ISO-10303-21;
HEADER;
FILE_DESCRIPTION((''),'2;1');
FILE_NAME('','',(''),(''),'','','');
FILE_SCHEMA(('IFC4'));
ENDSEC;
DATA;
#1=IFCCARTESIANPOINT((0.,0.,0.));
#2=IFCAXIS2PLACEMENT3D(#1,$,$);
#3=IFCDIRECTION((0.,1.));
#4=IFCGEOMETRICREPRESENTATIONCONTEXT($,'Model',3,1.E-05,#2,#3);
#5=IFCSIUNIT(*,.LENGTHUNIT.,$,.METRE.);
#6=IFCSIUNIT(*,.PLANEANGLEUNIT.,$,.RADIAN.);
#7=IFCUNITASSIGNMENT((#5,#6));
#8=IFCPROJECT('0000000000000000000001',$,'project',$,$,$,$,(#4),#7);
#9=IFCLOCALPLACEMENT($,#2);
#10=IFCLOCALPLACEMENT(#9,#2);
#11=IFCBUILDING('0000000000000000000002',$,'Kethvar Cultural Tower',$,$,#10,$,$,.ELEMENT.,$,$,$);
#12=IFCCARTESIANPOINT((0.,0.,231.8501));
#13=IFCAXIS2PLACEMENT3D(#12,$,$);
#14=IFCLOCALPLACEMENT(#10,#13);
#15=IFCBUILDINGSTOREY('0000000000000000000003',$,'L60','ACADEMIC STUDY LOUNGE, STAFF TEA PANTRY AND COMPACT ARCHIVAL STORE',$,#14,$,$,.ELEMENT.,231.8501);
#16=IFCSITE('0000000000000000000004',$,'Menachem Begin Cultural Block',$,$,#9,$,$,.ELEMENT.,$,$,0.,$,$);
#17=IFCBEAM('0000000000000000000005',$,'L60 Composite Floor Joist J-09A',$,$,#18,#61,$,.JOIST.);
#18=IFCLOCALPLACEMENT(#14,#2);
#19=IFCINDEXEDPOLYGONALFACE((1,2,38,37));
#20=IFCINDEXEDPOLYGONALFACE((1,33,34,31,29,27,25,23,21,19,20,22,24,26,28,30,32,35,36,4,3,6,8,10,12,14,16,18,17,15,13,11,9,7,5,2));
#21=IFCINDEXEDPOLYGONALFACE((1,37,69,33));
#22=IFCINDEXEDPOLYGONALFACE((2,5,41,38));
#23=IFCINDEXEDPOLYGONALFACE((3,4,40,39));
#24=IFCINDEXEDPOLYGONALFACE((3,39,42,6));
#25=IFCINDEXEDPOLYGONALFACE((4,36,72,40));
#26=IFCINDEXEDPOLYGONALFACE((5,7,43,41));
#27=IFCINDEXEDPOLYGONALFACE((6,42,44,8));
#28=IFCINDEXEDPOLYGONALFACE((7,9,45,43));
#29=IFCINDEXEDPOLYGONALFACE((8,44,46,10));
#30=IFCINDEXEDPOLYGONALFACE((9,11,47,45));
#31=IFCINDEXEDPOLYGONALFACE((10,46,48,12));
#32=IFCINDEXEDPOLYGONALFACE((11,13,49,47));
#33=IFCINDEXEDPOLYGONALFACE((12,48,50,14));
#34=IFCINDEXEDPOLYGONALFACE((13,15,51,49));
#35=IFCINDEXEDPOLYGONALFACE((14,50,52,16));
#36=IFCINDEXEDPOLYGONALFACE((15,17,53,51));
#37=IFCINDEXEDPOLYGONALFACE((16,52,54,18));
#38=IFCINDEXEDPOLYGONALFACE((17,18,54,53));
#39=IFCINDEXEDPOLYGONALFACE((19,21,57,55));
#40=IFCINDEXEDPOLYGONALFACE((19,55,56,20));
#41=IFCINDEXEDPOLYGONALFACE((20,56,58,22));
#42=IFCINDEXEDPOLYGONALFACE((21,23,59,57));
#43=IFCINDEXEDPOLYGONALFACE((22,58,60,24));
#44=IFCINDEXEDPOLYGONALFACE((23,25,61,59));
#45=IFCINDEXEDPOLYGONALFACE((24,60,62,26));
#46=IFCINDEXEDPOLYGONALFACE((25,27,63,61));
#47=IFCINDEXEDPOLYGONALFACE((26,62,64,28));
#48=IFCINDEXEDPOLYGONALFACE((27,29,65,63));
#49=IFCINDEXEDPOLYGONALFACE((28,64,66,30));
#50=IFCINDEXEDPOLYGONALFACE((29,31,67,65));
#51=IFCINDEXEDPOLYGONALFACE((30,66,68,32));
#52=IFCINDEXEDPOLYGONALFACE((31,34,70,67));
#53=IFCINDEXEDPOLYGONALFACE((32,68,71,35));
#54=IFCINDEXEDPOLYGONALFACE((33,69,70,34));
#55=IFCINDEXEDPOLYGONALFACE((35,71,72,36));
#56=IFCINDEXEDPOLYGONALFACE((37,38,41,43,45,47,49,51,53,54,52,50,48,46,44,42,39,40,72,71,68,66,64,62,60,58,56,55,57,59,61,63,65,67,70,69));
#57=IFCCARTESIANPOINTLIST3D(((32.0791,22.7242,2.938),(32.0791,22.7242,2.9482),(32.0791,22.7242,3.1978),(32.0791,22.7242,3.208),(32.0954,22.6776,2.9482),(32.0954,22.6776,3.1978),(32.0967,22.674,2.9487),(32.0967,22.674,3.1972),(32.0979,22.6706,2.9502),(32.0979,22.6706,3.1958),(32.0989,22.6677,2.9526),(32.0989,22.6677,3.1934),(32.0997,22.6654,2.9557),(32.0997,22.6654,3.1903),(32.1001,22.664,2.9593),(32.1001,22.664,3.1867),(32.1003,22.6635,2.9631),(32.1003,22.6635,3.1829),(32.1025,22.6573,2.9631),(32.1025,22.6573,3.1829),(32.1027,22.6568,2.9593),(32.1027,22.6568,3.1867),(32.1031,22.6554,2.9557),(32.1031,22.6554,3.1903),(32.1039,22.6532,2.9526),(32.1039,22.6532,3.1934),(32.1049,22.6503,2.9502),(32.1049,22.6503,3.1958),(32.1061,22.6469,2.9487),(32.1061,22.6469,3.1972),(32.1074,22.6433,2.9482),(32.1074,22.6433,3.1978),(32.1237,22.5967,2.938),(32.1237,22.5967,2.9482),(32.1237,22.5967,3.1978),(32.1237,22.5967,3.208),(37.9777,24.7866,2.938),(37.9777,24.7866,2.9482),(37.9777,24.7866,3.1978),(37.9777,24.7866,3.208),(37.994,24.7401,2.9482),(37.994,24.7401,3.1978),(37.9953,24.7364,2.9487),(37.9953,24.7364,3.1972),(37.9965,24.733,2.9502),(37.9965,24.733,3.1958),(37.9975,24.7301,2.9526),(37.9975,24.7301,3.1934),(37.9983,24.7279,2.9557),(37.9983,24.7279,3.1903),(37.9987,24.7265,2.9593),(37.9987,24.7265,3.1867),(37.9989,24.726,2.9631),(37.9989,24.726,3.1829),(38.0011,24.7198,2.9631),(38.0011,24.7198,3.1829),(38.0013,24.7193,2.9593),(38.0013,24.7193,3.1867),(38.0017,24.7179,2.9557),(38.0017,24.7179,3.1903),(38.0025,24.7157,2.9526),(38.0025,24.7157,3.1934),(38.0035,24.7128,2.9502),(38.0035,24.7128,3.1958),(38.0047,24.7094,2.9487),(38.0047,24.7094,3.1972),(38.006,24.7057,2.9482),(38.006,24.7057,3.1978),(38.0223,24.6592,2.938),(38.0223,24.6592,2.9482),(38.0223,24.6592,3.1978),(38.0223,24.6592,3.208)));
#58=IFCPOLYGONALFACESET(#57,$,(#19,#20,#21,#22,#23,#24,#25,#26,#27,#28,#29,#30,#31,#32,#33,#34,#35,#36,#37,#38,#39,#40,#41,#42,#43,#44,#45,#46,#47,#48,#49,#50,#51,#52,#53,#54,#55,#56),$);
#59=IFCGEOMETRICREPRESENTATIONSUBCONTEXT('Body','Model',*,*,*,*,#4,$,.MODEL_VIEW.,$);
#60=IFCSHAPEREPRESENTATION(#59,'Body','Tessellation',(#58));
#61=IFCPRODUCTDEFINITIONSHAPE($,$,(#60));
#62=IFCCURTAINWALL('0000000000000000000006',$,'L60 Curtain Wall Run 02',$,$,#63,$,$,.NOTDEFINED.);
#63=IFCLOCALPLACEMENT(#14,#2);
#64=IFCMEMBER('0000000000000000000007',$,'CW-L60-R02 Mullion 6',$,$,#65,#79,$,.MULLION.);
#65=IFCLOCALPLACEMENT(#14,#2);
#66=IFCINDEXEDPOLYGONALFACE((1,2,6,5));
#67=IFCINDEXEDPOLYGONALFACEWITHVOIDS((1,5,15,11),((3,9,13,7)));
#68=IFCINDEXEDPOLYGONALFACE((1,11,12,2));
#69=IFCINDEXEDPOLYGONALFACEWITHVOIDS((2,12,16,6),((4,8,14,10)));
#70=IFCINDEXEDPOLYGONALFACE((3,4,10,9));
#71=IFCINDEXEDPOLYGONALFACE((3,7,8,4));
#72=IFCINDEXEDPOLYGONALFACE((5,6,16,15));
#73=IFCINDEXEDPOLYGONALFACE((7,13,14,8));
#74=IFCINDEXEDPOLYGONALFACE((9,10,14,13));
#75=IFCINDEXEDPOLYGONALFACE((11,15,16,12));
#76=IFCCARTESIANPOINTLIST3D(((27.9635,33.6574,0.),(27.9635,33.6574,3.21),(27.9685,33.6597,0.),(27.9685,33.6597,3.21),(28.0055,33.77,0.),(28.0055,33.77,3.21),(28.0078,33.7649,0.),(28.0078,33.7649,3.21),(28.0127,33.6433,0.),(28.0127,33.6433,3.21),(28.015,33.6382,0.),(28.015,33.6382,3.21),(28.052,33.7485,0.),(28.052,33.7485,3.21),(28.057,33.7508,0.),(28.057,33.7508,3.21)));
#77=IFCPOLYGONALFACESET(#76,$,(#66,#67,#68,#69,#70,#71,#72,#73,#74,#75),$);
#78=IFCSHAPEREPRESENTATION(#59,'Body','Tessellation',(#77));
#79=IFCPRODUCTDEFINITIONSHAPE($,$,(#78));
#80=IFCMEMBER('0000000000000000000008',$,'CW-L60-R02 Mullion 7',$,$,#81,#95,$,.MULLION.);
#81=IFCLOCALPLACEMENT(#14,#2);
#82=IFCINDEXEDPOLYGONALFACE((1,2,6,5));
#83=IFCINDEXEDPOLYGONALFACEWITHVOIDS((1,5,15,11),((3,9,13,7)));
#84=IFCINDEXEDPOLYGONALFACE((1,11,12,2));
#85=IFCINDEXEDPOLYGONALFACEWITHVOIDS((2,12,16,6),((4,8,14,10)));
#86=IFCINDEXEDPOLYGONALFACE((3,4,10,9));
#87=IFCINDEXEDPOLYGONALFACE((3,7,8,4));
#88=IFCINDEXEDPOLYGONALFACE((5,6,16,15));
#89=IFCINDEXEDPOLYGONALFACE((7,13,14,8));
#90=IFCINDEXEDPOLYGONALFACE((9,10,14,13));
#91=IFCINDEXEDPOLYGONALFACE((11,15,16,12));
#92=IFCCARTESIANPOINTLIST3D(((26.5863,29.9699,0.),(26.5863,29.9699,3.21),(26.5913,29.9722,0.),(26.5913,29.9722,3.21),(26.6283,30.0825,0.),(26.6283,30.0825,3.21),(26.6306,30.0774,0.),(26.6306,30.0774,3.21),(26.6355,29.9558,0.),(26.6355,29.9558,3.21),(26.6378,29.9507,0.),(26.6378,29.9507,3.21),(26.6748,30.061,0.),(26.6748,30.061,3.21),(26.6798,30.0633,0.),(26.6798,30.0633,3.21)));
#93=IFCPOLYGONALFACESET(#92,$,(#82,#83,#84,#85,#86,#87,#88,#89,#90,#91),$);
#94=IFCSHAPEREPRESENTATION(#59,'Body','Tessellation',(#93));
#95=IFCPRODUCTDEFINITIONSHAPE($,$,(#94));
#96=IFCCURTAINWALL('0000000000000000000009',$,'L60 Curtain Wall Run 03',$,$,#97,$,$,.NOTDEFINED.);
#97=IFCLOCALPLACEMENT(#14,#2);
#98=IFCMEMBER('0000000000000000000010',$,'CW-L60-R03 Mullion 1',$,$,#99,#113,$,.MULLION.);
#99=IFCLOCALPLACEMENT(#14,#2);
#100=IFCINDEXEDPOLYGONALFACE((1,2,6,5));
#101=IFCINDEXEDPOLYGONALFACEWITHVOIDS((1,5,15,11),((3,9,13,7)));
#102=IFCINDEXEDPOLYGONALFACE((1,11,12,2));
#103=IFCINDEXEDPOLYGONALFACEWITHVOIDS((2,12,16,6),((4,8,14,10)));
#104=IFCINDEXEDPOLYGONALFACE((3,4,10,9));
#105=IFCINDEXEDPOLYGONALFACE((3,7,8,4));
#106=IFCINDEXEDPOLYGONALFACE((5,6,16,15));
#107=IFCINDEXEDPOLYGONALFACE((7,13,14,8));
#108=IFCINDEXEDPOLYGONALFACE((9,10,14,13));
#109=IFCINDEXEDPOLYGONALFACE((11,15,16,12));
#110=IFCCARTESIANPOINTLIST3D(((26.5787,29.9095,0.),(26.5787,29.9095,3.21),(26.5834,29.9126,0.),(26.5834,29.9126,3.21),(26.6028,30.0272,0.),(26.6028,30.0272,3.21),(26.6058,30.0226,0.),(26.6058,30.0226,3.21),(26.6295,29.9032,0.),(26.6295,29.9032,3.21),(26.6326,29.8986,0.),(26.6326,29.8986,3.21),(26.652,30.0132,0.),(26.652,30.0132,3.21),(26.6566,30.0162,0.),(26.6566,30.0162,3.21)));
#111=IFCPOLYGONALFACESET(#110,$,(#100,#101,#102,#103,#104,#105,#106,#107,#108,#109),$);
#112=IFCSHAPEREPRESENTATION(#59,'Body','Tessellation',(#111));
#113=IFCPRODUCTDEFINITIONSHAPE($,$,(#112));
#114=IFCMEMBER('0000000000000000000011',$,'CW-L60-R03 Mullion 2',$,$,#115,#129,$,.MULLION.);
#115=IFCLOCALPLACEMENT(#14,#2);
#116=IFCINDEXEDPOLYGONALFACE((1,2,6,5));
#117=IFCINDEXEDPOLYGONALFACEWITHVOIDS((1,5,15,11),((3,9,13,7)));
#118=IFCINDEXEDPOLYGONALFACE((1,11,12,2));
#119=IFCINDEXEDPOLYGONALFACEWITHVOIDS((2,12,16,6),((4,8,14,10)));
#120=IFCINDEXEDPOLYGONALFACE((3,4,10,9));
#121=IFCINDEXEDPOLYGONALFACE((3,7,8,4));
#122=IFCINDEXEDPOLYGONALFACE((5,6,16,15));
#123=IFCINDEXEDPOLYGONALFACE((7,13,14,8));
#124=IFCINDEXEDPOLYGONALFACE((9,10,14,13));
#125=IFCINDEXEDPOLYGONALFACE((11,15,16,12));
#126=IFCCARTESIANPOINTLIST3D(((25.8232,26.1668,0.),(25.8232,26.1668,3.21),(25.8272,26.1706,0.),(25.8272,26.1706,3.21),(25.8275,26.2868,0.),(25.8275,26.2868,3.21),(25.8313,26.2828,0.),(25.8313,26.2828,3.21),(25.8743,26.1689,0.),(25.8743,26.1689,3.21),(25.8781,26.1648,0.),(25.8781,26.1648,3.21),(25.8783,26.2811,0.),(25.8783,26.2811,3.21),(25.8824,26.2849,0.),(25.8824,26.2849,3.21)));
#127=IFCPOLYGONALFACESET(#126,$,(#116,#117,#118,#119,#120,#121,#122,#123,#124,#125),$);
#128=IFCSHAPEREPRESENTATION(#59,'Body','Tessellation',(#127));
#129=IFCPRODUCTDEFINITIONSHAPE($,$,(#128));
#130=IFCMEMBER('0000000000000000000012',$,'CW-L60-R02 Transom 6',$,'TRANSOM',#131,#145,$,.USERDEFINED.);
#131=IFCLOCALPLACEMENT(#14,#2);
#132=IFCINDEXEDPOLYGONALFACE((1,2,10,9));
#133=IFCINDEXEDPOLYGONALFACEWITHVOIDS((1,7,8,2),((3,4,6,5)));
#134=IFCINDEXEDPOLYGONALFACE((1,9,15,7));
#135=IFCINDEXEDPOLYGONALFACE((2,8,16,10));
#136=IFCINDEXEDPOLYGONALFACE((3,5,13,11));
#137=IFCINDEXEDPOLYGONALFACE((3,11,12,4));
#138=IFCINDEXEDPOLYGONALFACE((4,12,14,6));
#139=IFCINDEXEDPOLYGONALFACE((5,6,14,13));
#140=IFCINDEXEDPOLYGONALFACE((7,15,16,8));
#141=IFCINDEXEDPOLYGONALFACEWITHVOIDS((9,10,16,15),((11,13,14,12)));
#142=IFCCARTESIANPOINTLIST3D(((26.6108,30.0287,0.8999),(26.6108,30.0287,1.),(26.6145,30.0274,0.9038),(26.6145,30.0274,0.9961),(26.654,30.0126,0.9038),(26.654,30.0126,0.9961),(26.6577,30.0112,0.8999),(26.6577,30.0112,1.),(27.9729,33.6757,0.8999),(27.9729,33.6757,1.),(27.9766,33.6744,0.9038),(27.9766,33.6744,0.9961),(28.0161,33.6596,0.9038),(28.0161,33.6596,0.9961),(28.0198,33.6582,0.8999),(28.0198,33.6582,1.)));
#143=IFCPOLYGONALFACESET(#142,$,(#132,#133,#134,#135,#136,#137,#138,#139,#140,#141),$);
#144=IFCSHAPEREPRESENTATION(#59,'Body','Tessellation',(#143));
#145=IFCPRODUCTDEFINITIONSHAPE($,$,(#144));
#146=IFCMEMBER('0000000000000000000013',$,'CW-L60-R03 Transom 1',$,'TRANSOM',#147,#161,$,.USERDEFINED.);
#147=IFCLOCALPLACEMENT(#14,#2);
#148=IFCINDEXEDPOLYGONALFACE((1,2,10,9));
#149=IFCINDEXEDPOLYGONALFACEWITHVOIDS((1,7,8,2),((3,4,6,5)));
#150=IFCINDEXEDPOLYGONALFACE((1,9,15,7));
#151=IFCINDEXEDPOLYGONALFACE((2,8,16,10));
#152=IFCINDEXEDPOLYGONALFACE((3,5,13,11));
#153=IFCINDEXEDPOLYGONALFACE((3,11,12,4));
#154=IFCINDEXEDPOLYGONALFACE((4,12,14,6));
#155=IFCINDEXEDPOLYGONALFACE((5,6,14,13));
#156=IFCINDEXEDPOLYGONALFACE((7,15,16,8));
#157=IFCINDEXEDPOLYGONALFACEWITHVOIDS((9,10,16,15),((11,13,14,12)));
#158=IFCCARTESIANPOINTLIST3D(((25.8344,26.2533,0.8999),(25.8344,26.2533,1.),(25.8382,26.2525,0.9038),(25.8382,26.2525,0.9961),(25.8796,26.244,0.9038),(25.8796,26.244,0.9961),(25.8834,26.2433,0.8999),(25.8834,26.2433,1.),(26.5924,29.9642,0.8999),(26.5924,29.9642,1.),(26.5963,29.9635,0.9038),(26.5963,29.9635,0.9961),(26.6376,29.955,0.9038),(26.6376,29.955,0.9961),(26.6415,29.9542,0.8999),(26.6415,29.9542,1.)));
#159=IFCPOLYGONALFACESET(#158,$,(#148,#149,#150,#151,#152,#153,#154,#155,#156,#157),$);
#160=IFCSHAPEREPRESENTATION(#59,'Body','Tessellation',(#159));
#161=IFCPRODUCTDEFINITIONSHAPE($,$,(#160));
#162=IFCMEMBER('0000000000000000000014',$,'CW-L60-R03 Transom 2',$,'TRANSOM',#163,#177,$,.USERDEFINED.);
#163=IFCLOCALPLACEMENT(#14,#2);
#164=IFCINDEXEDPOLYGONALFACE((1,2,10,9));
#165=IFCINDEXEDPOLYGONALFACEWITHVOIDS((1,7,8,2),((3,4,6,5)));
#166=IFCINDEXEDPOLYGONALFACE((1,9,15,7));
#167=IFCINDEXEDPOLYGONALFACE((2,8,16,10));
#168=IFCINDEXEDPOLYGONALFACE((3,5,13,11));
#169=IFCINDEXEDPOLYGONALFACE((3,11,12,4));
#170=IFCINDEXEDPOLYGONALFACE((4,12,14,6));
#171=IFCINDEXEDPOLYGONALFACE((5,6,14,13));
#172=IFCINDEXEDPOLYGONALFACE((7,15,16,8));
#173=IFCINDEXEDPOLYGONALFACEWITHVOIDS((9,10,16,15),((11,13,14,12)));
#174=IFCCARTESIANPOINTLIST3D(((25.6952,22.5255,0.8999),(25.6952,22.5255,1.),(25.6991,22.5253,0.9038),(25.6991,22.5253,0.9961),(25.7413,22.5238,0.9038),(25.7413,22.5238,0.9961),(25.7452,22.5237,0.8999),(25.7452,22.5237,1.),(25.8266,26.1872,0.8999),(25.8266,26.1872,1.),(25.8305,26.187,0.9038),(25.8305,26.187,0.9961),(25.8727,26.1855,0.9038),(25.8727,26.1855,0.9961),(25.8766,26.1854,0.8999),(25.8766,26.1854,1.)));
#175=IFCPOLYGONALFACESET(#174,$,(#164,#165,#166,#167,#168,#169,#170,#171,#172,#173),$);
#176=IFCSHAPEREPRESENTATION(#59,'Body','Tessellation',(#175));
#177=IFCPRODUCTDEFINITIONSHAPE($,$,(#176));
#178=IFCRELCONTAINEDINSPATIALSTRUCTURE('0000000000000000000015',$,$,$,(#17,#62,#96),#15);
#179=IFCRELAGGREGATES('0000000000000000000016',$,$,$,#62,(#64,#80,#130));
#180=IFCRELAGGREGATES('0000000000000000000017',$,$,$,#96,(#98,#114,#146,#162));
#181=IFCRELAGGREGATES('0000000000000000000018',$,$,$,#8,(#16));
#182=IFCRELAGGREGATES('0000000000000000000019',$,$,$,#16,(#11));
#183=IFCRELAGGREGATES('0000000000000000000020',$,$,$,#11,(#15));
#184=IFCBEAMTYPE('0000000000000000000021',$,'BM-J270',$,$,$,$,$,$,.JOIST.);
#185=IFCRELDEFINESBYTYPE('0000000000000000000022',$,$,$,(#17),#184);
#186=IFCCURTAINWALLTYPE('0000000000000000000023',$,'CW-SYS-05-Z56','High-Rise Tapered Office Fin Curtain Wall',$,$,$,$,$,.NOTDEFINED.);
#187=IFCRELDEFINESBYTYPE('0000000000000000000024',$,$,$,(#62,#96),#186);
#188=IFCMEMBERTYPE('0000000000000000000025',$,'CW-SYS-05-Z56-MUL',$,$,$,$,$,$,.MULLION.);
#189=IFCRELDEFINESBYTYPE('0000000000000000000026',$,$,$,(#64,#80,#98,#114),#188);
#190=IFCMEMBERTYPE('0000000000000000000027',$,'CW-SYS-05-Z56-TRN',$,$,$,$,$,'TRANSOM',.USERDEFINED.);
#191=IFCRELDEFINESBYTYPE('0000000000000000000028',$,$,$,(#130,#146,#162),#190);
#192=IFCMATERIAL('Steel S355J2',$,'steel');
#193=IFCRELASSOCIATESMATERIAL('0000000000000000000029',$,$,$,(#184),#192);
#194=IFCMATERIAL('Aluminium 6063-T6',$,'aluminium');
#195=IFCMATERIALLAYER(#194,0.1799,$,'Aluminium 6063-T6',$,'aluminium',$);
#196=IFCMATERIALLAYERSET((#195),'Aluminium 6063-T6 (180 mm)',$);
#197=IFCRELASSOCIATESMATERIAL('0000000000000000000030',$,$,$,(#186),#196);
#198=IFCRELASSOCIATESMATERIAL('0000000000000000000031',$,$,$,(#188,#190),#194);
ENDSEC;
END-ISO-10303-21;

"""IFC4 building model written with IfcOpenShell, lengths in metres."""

from ifc_helpers import new_model, si_unit, direction, frame, origin, origin_2d, place, context, subcontext, project, spatial, hollow_rectangle, i_section, extrude, source, transform, mapped, material, layer, layer_set, material_profile, profile_set, type_object, element, aggregate, save


model = new_model("IFC4")

# Units and contexts
model_context = context("Model", 3, precision=1e-05, world=origin(), true_north=direction((0.0, 1.0)))
body_context = subcontext(model_context, "Body", "Model", "MODEL_VIEW")
ifc_project = project(units=[si_unit("LENGTHUNIT", "METRE"), si_unit("PLANEANGLEUNIT", "RADIAN")], contexts=[model_context])

# Site, building, storey
site_placement = place(None, origin())
site = spatial("IfcSite", under=ifc_project, at=site_placement, Name="Menachem Begin Cultural Block", CompositionType="ELEMENT", RefElevation=0.0)
building_placement = place(site_placement, origin())
building = spatial("IfcBuilding", under=site, at=building_placement, Name="Kethvar Cultural Tower", CompositionType="ELEMENT")
storey_placement = place(building_placement, frame((0.0, 0.0, 231.8501)))
storey = spatial("IfcBuildingStorey", under=building, at=storey_placement, Name="L60", Description="ACADEMIC STUDY LOUNGE, STAFF TEA PANTRY AND COMPACT ARCHIVAL STORE", CompositionType="ELEMENT", Elevation=231.8501)

# Beam
ifc_material_1 = material(Name="Steel S355J2", Category="steel")
ifc_material_profile_1 = material_profile(ifc_material_1, i_section(OverallWidth=0.135, OverallDepth=0.27, WebThickness=0.0066, FlangeThickness=0.0103, FilletRadius=0.0149, at=origin_2d()), Name="Steel S355J2 — IPE270")
ifc_profile_set_1 = profile_set([ifc_material_profile_1], Name="Steel S355J2 — IPE270")
beam_type_1 = type_object("IfcBeamType", Name="BM-J270", PredefinedType="JOIST", material=ifc_profile_set_1)
shared_shape_1 = source(origin(), body_context, "Body", "SweptSolid", [
    extrude(i_section(OverallWidth=0.135, OverallDepth=0.27, WebThickness=0.0066, FlangeThickness=0.0103, FilletRadius=0.0149, at=origin_2d()), origin(), (0.0, 0.0, 1.0), 6.2488),
])
beam_1_placement = place(storey_placement, frame((38.0, 24.7229, 3.073), z_axis=(-0.94396, -0.33006, 0.0), x_axis=(0.33006, -0.94396, 0.0)))
element("IfcBeam", 1, at=beam_1_placement, inside=storey, type_object=beam_type_1, Name="L60 Composite Floor Joist J-09A", PredefinedType="JOIST", context=body_context, shape_type="MappedRepresentation", body=[
    mapped(shared_shape_1, transform((0.0, 0.0, 0.0), scale=1.0)),
])

# Curtain walls, members
ifc_material_2 = material(Name="Aluminium 6063-T6", Category="aluminium")
ifc_layer_1 = layer(ifc_material_2, 0.1799, Name="Aluminium 6063-T6", Category="aluminium")
ifc_layer_set_1 = layer_set([ifc_layer_1], Name="Aluminium 6063-T6 (180 mm)")
curtain_wall_type = type_object("IfcCurtainWallType", Name="CW-SYS-05-Z56", Description="High-Rise Tapered Office Fin Curtain Wall", PredefinedType="NOTDEFINED", material=ifc_layer_set_1)
curtain_wall_1_placement = place(storey_placement, origin())
curtain_wall_1 = element("IfcCurtainWall", 2, at=curtain_wall_1_placement, inside=storey, type_object=curtain_wall_type, Name="L60 Curtain Wall Run 02", PredefinedType="NOTDEFINED")
ifc_material_profile_2 = material_profile(ifc_material_2, hollow_rectangle(XDim=0.0549, YDim=0.1201, WallThickness=0.0039, at=origin_2d()), Name="Aluminium 6063-T6 — RHS120x55x4")
ifc_profile_set_2 = profile_set([ifc_material_profile_2], Name="Aluminium 6063-T6 — RHS120x55x4")
member_type_1 = type_object("IfcMemberType", Name="CW-SYS-05-Z56-MUL", PredefinedType="MULLION", material=ifc_profile_set_2)
shared_shape_2 = source(origin(), body_context, "Body", "SweptSolid", [
    extrude(hollow_rectangle(XDim=0.0549, YDim=0.1201, WallThickness=0.0039, at=origin_2d()), origin(), (0.0, 0.0, 1.0), 3.21),
])
member_1_placement = place(storey_placement, frame((28.0103, 33.7041, 0.0), z_axis=(0.0, 0.0, 1.0), x_axis=(0.936794, -0.34988, 0.0)))
member_1 = element("IfcMember", 3, at=member_1_placement, type_object=member_type_1, Name="CW-L60-R02 Mullion 6", PredefinedType="MULLION", context=body_context, shape_type="MappedRepresentation", body=[
    mapped(shared_shape_2, transform((0.0, 0.0, 0.0), scale=1.0)),
])
member_2_placement = place(storey_placement, frame((26.6331, 30.0166, 0.0), z_axis=(0.0, 0.0, 1.0), x_axis=(0.936794, -0.34988, 0.0)))
member_2 = element("IfcMember", 4, at=member_2_placement, type_object=member_type_1, Name="CW-L60-R02 Mullion 7", PredefinedType="MULLION", context=body_context, shape_type="MappedRepresentation", body=[
    mapped(shared_shape_2, transform((0.0, 0.0, 0.0), scale=1.0)),
])
curtain_wall_2_placement = place(storey_placement, origin())
curtain_wall_2 = element("IfcCurtainWall", 5, at=curtain_wall_2_placement, inside=storey, type_object=curtain_wall_type, Name="L60 Curtain Wall Run 03", PredefinedType="NOTDEFINED")
member_3_placement = place(storey_placement, frame((26.6177, 29.9629, 0.0), z_axis=(0.0, 0.0, 1.0), x_axis=(0.979771, -0.20012, 0.0)))
member_3 = element("IfcMember", 6, at=member_3_placement, type_object=member_type_1, Name="CW-L60-R03 Mullion 1", PredefinedType="MULLION", context=body_context, shape_type="MappedRepresentation", body=[
    mapped(shared_shape_2, transform((0.0, 0.0, 0.0), scale=1.0)),
])
member_4_placement = place(storey_placement, frame((25.8528, 26.2258, 0.0), z_axis=(0.0, 0.0, 1.0), x_axis=(0.999356, -0.035876, 0.0)))
member_4 = element("IfcMember", 7, at=member_4_placement, type_object=member_type_1, Name="CW-L60-R03 Mullion 2", PredefinedType="MULLION", context=body_context, shape_type="MappedRepresentation", body=[
    mapped(shared_shape_2, transform((0.0, 0.0, 0.0), scale=1.0)),
])

# Members
ifc_material_profile_3 = material_profile(ifc_material_2, hollow_rectangle(XDim=0.05, YDim=0.1001, WallThickness=0.0039, at=origin_2d()), Name="Aluminium 6063-T6 — RHS100x50x4")
ifc_profile_set_3 = profile_set([ifc_material_profile_3], Name="Aluminium 6063-T6 — RHS100x50x4")
member_type_2 = type_object("IfcMemberType", Name="CW-SYS-05-Z56-TRN", ElementType="TRANSOM", PredefinedType="USERDEFINED", material=ifc_profile_set_3)
shared_shape_3 = source(origin(), body_context, "Body", "SweptSolid", [
    extrude(hollow_rectangle(XDim=0.05, YDim=0.1001, WallThickness=0.0039, at=origin_2d()), origin(), (0.0, 0.0, 1.0), 3.8931),
])
member_5_placement = place(storey_placement, frame((27.9963, 33.667, 0.95), z_axis=(-0.349872, -0.936797, 0.0), x_axis=(0.936797, -0.349872, 0.0)))
member_5 = element("IfcMember", 8, at=member_5_placement, type_object=member_type_2, Name="CW-L60-R02 Transom 6", ObjectType="TRANSOM", PredefinedType="USERDEFINED", context=body_context, shape_type="MappedRepresentation", body=[
    mapped(shared_shape_3, transform((0.0, 0.0, 0.0), scale=1.0)),
])
shared_shape_4 = source(origin(), body_context, "Body", "SweptSolid", [
    extrude(hollow_rectangle(XDim=0.05, YDim=0.1001, WallThickness=0.0039, at=origin_2d()), origin(), (0.0, 0.0, 1.0), 3.7876),
])
member_6_placement = place(storey_placement, frame((26.6169, 29.9592, 0.95), z_axis=(-0.200143, -0.979767, 0.0), x_axis=(0.979767, -0.200143, 0.0)))
member_6 = element("IfcMember", 9, at=member_6_placement, type_object=member_type_2, Name="CW-L60-R03 Transom 1", ObjectType="TRANSOM", PredefinedType="USERDEFINED", context=body_context, shape_type="MappedRepresentation", body=[
    mapped(shared_shape_4, transform((0.0, 0.0, 0.0), scale=1.0)),
])
shared_shape_5 = source(origin(), body_context, "Body", "SweptSolid", [
    extrude(hollow_rectangle(XDim=0.05, YDim=0.1001, WallThickness=0.0039, at=origin_2d()), origin(), (0.0, 0.0, 1.0), 3.6641),
])
member_7_placement = place(storey_placement, frame((25.8516, 26.1863, 0.95), z_axis=(-0.035848, -0.999357, 0.0), x_axis=(0.999357, -0.035848, 0.0)))
member_7 = element("IfcMember", 10, at=member_7_placement, type_object=member_type_2, Name="CW-L60-R03 Transom 2", ObjectType="TRANSOM", PredefinedType="USERDEFINED", context=body_context, shape_type="MappedRepresentation", body=[
    mapped(shared_shape_5, transform((0.0, 0.0, 0.0), scale=1.0)),
])

aggregate(curtain_wall_1, [member_1, member_2, member_5])
aggregate(curtain_wall_2, [member_3, member_4, member_6, member_7])

save(model, "model.ifc")
